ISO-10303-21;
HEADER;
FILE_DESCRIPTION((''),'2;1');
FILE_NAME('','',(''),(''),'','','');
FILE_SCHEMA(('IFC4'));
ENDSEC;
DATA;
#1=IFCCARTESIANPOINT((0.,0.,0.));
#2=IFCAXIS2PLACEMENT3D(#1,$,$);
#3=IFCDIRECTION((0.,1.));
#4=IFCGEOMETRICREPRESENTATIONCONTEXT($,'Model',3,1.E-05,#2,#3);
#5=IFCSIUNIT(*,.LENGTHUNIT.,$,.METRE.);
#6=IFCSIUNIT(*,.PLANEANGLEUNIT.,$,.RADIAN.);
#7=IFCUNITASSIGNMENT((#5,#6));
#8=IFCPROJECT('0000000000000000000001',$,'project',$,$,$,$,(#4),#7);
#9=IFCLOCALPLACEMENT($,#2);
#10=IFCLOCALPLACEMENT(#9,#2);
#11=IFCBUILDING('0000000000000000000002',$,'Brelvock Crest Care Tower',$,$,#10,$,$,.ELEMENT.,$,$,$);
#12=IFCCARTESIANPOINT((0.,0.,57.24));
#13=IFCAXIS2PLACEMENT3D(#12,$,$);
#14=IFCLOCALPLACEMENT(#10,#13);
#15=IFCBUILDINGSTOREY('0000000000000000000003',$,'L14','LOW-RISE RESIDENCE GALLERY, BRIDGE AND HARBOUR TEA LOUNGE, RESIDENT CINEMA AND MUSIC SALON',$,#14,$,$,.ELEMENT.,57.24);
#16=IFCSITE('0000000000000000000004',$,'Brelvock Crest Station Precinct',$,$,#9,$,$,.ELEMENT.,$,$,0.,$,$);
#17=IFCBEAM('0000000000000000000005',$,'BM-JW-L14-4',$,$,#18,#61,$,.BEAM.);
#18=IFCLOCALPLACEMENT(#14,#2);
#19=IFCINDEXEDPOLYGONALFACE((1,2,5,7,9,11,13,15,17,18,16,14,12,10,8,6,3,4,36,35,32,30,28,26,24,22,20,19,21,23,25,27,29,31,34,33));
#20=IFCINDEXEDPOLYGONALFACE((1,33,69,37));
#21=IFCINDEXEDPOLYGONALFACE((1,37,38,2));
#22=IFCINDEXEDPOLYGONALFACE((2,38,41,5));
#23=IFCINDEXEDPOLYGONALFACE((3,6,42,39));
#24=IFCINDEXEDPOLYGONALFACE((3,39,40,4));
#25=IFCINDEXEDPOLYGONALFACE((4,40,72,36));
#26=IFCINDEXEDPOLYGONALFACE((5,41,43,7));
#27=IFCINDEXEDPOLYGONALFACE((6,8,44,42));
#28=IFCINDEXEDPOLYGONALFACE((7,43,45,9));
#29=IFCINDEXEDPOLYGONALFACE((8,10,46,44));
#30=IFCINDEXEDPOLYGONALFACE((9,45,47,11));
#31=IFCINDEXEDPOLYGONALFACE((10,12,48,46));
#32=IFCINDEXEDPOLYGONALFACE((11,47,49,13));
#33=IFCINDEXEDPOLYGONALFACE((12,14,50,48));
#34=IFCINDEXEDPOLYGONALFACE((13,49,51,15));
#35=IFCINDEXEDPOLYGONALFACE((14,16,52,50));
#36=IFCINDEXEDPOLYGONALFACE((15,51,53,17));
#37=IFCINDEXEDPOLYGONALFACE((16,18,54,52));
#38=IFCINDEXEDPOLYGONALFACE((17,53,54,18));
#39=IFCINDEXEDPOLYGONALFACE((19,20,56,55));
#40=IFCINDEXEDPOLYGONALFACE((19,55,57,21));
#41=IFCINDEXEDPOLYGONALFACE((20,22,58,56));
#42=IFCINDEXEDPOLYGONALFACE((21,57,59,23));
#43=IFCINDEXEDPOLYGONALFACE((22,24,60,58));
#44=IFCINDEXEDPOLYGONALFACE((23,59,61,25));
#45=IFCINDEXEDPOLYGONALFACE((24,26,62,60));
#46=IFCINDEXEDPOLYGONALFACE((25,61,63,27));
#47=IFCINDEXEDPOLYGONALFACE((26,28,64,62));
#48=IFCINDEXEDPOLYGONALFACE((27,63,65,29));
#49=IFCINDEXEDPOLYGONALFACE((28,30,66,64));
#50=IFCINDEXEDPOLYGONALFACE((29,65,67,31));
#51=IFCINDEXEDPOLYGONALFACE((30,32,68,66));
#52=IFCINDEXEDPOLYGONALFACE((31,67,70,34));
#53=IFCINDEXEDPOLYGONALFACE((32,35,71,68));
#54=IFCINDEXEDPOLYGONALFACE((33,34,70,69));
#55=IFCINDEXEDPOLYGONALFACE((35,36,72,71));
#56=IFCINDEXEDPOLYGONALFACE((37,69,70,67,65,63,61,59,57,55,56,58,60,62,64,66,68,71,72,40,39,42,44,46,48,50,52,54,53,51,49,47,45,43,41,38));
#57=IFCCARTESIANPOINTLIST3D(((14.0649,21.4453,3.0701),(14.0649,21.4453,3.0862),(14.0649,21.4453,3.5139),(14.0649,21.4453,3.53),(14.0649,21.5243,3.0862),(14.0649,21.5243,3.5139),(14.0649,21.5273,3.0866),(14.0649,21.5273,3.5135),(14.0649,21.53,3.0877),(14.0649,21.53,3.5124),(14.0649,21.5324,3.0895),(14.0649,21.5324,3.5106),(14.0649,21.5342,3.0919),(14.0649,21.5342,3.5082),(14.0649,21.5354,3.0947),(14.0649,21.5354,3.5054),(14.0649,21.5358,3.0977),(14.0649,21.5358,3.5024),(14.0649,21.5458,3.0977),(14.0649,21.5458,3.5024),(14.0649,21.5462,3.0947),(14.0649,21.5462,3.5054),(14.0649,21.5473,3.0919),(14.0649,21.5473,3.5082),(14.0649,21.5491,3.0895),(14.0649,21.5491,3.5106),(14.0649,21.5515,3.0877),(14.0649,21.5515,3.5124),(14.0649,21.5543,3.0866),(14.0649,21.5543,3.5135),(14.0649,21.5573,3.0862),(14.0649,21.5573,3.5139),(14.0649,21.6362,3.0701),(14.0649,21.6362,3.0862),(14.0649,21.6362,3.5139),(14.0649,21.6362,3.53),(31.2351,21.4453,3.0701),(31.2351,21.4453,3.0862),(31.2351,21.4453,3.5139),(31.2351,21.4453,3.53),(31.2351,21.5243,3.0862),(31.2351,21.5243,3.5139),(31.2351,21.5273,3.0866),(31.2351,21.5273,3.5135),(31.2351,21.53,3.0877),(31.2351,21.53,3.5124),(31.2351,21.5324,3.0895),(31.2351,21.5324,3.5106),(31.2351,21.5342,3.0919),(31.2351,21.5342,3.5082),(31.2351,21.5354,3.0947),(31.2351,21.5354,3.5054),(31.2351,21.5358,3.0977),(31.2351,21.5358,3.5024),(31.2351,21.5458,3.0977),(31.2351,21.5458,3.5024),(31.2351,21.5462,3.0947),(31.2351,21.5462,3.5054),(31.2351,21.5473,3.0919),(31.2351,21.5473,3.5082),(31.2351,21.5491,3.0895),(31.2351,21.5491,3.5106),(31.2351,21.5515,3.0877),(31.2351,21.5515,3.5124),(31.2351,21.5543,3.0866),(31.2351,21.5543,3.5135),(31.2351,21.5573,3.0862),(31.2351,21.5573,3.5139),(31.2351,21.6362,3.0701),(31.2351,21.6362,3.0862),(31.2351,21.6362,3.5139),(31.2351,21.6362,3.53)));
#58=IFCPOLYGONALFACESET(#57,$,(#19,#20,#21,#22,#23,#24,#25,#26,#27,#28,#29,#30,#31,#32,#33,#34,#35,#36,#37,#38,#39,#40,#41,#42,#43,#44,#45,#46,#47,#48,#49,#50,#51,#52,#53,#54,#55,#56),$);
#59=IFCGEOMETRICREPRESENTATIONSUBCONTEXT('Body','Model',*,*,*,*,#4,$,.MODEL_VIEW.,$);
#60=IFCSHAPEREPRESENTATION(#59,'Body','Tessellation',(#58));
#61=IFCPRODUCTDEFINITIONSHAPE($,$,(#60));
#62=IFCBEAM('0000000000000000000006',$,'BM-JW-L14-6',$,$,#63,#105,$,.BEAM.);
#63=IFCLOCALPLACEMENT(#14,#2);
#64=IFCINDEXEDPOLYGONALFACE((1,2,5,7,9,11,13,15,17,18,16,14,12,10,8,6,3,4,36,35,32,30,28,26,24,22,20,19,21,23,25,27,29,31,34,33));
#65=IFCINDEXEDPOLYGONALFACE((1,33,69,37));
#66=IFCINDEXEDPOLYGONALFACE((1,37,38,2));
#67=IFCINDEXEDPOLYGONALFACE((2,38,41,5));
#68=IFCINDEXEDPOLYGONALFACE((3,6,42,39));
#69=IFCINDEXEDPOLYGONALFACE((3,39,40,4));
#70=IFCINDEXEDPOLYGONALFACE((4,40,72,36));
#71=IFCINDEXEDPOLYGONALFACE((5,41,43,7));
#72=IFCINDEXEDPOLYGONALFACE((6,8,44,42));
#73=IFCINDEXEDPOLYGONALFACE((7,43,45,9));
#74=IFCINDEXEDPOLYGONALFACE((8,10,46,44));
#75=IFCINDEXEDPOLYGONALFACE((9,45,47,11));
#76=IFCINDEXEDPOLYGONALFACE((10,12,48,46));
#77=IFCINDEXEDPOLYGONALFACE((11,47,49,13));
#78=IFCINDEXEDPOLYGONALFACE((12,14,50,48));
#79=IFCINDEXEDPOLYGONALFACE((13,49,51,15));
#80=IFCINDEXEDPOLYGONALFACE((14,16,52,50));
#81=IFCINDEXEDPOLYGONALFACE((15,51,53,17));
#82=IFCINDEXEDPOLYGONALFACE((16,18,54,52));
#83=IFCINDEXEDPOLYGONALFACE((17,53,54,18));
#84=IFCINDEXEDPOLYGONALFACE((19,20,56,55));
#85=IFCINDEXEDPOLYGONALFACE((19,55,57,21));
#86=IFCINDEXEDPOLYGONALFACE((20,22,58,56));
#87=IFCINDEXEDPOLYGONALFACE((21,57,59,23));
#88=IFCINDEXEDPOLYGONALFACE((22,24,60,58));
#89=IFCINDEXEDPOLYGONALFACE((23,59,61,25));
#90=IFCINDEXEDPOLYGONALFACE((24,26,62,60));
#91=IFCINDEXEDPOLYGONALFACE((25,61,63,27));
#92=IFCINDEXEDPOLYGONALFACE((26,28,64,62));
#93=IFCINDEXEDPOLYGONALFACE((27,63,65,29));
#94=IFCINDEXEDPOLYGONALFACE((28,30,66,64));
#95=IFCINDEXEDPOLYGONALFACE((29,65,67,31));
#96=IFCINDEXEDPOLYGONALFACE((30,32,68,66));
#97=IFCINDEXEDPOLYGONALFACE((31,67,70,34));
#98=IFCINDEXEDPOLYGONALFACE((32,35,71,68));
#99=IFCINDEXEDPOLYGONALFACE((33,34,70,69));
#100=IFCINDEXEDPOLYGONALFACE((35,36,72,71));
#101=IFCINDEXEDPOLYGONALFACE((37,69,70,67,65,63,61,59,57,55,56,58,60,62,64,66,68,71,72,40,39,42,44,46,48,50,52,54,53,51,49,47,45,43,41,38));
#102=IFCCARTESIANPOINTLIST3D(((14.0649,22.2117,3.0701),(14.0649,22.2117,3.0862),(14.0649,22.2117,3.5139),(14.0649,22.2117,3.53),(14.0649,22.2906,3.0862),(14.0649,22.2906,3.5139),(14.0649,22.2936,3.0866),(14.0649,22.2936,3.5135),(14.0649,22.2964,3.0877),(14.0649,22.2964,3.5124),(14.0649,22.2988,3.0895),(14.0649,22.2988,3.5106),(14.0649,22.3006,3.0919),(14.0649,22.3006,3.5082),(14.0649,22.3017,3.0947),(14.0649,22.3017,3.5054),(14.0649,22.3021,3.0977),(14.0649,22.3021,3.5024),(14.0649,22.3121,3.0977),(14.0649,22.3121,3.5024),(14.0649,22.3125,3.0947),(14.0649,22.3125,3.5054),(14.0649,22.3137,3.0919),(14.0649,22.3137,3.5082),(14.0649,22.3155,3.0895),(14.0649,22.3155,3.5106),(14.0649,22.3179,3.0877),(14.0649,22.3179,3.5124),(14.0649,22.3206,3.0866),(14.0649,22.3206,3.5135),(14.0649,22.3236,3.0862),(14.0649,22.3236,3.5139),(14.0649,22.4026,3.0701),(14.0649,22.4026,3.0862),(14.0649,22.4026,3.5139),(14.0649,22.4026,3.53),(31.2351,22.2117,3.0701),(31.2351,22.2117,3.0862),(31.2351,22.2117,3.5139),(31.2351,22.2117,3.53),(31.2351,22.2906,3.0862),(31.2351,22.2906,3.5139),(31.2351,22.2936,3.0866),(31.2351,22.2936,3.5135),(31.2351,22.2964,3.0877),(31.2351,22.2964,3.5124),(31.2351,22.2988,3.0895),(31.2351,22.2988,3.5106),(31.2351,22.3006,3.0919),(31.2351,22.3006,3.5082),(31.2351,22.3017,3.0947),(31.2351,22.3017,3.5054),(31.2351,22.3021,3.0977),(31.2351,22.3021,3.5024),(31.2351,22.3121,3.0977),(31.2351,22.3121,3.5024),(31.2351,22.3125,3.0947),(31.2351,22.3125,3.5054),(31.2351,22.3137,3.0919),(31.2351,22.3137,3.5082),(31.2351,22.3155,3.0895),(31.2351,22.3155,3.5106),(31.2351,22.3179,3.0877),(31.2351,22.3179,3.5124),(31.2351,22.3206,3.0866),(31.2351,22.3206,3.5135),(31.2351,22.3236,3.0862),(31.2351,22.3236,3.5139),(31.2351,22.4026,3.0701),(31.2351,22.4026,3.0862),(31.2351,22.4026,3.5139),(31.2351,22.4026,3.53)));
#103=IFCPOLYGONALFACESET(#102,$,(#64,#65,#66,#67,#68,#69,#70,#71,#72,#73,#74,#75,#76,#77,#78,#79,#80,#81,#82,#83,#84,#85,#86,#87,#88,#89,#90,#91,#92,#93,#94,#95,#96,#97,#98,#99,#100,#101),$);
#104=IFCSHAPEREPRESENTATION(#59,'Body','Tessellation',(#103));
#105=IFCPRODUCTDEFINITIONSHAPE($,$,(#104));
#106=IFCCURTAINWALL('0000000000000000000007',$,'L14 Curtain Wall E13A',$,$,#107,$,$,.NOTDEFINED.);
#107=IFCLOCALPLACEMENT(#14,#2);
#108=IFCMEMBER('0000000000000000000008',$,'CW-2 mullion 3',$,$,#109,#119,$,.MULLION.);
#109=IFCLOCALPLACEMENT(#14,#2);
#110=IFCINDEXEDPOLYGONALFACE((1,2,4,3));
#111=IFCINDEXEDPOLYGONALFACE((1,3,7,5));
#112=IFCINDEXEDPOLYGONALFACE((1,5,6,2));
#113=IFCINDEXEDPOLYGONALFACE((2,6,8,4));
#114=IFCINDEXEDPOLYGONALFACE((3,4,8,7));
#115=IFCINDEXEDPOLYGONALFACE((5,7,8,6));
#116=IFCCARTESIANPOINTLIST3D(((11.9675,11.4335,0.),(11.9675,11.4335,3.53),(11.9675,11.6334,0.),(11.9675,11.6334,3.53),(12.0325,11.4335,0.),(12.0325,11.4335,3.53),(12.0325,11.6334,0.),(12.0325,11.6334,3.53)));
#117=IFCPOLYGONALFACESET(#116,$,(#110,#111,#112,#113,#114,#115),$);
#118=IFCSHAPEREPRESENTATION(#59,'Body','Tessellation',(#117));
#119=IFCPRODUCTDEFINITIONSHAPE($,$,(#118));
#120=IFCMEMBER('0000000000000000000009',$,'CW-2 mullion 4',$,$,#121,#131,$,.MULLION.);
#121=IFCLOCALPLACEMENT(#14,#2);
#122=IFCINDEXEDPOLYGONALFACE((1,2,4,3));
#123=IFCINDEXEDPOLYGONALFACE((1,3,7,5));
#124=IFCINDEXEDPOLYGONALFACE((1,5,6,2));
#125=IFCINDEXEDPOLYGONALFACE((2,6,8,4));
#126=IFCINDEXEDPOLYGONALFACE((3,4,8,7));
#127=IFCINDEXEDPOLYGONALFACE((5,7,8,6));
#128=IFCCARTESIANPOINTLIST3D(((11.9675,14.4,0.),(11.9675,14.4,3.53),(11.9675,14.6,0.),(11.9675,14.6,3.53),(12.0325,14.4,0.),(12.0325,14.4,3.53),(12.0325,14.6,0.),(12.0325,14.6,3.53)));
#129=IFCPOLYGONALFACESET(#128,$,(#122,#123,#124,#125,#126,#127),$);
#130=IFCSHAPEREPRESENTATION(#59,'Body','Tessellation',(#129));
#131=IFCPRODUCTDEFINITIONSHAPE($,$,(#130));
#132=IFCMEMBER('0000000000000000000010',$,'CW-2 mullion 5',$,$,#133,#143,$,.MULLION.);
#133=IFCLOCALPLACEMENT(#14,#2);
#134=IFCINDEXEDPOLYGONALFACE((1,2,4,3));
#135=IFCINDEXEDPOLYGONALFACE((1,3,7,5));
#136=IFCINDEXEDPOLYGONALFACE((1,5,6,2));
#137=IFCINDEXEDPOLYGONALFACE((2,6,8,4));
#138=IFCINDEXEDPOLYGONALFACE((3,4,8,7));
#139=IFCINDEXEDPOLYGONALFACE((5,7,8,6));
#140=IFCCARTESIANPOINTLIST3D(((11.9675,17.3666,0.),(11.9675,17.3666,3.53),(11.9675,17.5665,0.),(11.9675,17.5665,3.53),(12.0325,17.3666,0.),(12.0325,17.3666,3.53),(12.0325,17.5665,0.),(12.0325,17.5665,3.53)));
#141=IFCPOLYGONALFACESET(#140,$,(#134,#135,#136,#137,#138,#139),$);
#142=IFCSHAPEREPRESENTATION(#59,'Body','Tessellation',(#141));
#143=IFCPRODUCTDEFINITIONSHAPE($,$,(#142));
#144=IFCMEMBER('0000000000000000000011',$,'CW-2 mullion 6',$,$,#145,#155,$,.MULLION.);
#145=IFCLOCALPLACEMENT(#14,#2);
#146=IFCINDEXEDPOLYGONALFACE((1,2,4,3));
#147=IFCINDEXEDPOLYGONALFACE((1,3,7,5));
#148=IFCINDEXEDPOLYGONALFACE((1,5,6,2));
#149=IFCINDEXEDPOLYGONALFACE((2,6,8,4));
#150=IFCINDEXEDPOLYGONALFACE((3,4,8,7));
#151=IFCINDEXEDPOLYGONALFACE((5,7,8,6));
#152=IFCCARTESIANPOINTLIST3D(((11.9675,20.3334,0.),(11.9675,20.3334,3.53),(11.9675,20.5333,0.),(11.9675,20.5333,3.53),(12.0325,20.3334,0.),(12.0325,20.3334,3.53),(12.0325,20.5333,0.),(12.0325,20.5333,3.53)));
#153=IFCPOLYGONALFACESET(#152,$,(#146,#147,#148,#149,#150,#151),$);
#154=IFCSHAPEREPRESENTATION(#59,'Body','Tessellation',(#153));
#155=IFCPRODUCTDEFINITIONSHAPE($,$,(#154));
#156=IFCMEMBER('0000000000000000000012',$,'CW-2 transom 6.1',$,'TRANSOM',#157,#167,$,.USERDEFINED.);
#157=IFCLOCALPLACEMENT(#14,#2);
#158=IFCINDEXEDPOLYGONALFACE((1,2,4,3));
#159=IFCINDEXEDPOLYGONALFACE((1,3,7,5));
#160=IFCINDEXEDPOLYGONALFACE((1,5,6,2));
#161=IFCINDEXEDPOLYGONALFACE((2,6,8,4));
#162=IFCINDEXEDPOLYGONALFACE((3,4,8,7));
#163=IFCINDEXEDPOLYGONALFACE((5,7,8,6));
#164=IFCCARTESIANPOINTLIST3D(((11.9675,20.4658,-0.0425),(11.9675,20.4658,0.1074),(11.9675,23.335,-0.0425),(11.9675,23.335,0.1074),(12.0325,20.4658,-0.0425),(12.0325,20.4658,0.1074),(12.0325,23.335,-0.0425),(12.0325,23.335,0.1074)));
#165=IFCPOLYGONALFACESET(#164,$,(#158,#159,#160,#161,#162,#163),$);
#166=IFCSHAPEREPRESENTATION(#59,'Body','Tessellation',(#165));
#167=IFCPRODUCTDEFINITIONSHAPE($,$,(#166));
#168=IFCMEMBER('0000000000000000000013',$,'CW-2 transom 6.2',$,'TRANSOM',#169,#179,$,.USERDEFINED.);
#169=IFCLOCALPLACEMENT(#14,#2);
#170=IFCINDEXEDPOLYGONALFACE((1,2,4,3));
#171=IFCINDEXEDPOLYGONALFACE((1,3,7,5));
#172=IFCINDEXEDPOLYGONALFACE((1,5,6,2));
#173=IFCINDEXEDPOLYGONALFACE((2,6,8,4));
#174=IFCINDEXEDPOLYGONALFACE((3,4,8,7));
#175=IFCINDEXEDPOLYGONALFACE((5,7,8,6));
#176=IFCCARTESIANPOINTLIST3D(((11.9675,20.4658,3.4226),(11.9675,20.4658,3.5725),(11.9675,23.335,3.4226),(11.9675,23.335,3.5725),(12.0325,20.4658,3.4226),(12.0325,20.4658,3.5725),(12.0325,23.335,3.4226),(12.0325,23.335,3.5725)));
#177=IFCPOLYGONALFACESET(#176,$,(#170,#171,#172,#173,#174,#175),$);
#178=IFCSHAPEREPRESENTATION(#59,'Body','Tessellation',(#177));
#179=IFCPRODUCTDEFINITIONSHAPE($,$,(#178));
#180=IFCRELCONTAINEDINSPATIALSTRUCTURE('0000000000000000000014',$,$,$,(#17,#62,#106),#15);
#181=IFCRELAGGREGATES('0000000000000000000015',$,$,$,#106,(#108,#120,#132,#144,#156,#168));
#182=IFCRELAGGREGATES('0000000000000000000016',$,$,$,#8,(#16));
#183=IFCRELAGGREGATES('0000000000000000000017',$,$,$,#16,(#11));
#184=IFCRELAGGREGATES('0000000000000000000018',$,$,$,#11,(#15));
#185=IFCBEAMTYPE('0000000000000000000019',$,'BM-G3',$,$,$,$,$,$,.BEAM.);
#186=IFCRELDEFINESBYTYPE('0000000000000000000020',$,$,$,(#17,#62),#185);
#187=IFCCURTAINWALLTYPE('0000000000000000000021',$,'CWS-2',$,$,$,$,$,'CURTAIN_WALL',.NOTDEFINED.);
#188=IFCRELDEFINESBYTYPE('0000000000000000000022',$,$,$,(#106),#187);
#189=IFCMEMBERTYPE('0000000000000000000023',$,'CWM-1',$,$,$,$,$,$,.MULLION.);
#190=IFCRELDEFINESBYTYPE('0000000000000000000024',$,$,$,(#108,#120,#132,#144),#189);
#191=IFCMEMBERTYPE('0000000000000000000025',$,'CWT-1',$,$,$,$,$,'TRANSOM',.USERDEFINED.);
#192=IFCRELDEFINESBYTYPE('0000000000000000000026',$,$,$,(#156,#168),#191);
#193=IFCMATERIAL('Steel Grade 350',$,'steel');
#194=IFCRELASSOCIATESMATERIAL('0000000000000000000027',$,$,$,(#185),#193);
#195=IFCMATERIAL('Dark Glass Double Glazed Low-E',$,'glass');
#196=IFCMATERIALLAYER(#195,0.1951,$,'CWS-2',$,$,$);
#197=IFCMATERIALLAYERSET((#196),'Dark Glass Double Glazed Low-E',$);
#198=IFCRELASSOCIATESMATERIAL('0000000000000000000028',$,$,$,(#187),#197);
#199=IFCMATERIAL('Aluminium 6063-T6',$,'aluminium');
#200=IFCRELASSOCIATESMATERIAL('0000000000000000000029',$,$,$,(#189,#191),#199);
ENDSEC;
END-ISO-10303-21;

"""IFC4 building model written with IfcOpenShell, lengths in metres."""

from ifc_helpers import new_model, si_unit, direction, frame, origin, origin_2d, place, context, subcontext, project, spatial, rectangle, i_section, extrude, source, transform, mapped, material, layer, layer_set, material_profile, profile_set, type_object, element, aggregate, save


model = new_model("IFC4")

# Units and contexts
model_context = context("Model", 3, precision=1e-05, world=origin(), true_north=direction((0.0, 1.0)))
body_context = subcontext(model_context, "Body", "Model", "MODEL_VIEW")
ifc_project = project(units=[si_unit("LENGTHUNIT", "METRE"), si_unit("PLANEANGLEUNIT", "RADIAN")], contexts=[model_context])

# Site, building, storey
site_placement = place(None, origin())
site = spatial("IfcSite", under=ifc_project, at=site_placement, Name="Brelvock Crest Station Precinct", CompositionType="ELEMENT", RefElevation=0.0)
building_placement = place(site_placement, origin())
building = spatial("IfcBuilding", under=site, at=building_placement, Name="Brelvock Crest Care Tower", CompositionType="ELEMENT")
storey_placement = place(building_placement, frame((0.0, 0.0, 57.24)))
storey = spatial("IfcBuildingStorey", under=building, at=storey_placement, Name="L14", Description="LOW-RISE RESIDENCE GALLERY, BRIDGE AND HARBOUR TEA LOUNGE, RESIDENT CINEMA AND MUSIC SALON", CompositionType="ELEMENT", Elevation=57.24)

# Shared definitions
ifc_material_1 = material(Name="Steel Grade 350", Category="steel")

# Beams
ifc_material_profile_1 = material_profile(ifc_material_1, i_section(OverallWidth=0.1909, OverallDepth=0.46, WebThickness=0.01, FlangeThickness=0.0161, FilletRadius=0.0115, at=origin_2d()), Name="460UB82.1")
ifc_profile_set_1 = profile_set([ifc_material_profile_1], Name="Steel Grade 350")
beam_type_1 = type_object("IfcBeamType", Name="BM-G3", PredefinedType="BEAM", material=ifc_profile_set_1)
shared_shape_1 = source(origin(), body_context, "Body", "SweptSolid", [
    extrude(i_section(OverallWidth=0.1909, OverallDepth=0.46, WebThickness=0.01, FlangeThickness=0.0161, FilletRadius=0.0115, at=origin_2d()), origin(), (0.0, 0.0, 1.0), 17.1702),
])
for number, where, z_axis, x_axis, name in (
    (1, (14.0649, 21.5408, 3.3), (1.0, 0.0, 0.0), (0.0, 1.0, 0.0), "BM-JW-L14-4"),
    (2, (14.0649, 22.3071, 3.3), (1.0, 0.0, 0.0), (0.0, 1.0, 0.0), "BM-JW-L14-6"),
):
    element("IfcBeam", number, at=place(storey_placement, frame(where, z_axis=z_axis, x_axis=x_axis)), inside=storey, type_object=beam_type_1, Name=name, PredefinedType="BEAM", context=body_context, shape_type="MappedRepresentation", body=[
        mapped(shared_shape_1, transform((0.0, 0.0, 0.0), x_axis=(1.0, 0.0, 0.0), y_axis=(0.0, 1.0, 0.0), z_axis=(0.0, 0.0, 1.0), scale=1.0)),
    ])

# Curtain wall, members
ifc_material_2 = material(Name="Dark Glass Double Glazed Low-E", Category="glass")
ifc_layer_1 = layer(ifc_material_2, 0.1951, Name="CWS-2")
ifc_layer_set_1 = layer_set([ifc_layer_1], Name="Dark Glass Double Glazed Low-E")
curtain_wall_type = type_object("IfcCurtainWallType", Name="CWS-2", ElementType="CURTAIN_WALL", PredefinedType="NOTDEFINED", material=ifc_layer_set_1)
curtain_wall_placement = place(storey_placement, origin())
curtain_wall = element("IfcCurtainWall", 3, at=curtain_wall_placement, inside=storey, type_object=curtain_wall_type, Name="L14 Curtain Wall E13A", PredefinedType="NOTDEFINED")
ifc_material_3 = material(Name="Aluminium 6063-T6", Category="aluminium")
ifc_material_profile_2 = material_profile(ifc_material_3, rectangle(XDim=0.0649, YDim=0.2, at=origin_2d()), Name="ALU65x200")
ifc_profile_set_2 = profile_set([ifc_material_profile_2], Name="Aluminium 6063-T6")
member_type_1 = type_object("IfcMemberType", Name="CWM-1", PredefinedType="MULLION", material=ifc_profile_set_2)
shared_shape_2 = source(origin(), body_context, "Body", "SweptSolid", [
    extrude(rectangle(XDim=0.0649, YDim=0.2, at=origin_2d()), origin(), (0.0, 0.0, 1.0), 3.53),
])
member_1_placement = place(storey_placement, frame((12.0, 11.5334, 0.0), z_axis=(0.0, 0.0, 1.0), x_axis=(-1.0, 0.0, 0.0)))
member_1 = element("IfcMember", 4, at=member_1_placement, type_object=member_type_1, Name="CW-2 mullion 3", PredefinedType="MULLION", context=body_context, shape_type="MappedRepresentation", body=[
    mapped(shared_shape_2, transform((0.0, 0.0, 0.0), x_axis=(1.0, 0.0, 0.0), y_axis=(0.0, 1.0, 0.0), z_axis=(0.0, 0.0, 1.0), scale=1.0)),
])
member_2_placement = place(storey_placement, frame((12.0, 14.5, 0.0), z_axis=(0.0, 0.0, 1.0), x_axis=(-1.0, 0.0, 0.0)))
member_2 = element("IfcMember", 5, at=member_2_placement, type_object=member_type_1, Name="CW-2 mullion 4", PredefinedType="MULLION", context=body_context, shape_type="MappedRepresentation", body=[
    mapped(shared_shape_2, transform((0.0, 0.0, 0.0), x_axis=(1.0, 0.0, 0.0), y_axis=(0.0, 1.0, 0.0), z_axis=(0.0, 0.0, 1.0), scale=1.0)),
])
member_3_placement = place(storey_placement, frame((12.0, 17.4666, 0.0), z_axis=(0.0, 0.0, 1.0), x_axis=(-1.0, 0.0, 0.0)))
member_3 = element("IfcMember", 6, at=member_3_placement, type_object=member_type_1, Name="CW-2 mullion 5", PredefinedType="MULLION", context=body_context, shape_type="MappedRepresentation", body=[
    mapped(shared_shape_2, transform((0.0, 0.0, 0.0), x_axis=(1.0, 0.0, 0.0), y_axis=(0.0, 1.0, 0.0), z_axis=(0.0, 0.0, 1.0), scale=1.0)),
])
member_4_placement = place(storey_placement, frame((12.0, 20.4333, 0.0), z_axis=(0.0, 0.0, 1.0), x_axis=(-1.0, 0.0, 0.0)))
member_4 = element("IfcMember", 7, at=member_4_placement, type_object=member_type_1, Name="CW-2 mullion 6", PredefinedType="MULLION", context=body_context, shape_type="MappedRepresentation", body=[
    mapped(shared_shape_2, transform((0.0, 0.0, 0.0), x_axis=(1.0, 0.0, 0.0), y_axis=(0.0, 1.0, 0.0), z_axis=(0.0, 0.0, 1.0), scale=1.0)),
])
ifc_material_profile_3 = material_profile(ifc_material_3, rectangle(XDim=0.0649, YDim=0.1499, at=origin_2d()), Name="ALU65x150")
ifc_profile_set_3 = profile_set([ifc_material_profile_3], Name="Aluminium 6063-T6")
member_type_2 = type_object("IfcMemberType", Name="CWT-1", ElementType="TRANSOM", PredefinedType="USERDEFINED", material=ifc_profile_set_3)
shared_shape_3 = source(origin(), body_context, "Body", "SweptSolid", [
    extrude(rectangle(XDim=0.0649, YDim=0.1499, at=origin_2d()), origin(), (0.0, 0.0, 1.0), 2.8691),
])
member_5_placement = place(storey_placement, frame((12.0, 20.4658, 0.0325), z_axis=(0.0, 1.0, 0.0), x_axis=(-1.0, 0.0, 0.0)))
member_5 = element("IfcMember", 8, at=member_5_placement, type_object=member_type_2, Name="CW-2 transom 6.1", ObjectType="TRANSOM", PredefinedType="USERDEFINED", context=body_context, shape_type="MappedRepresentation", body=[
    mapped(shared_shape_3, transform((0.0, 0.0, 0.0), x_axis=(1.0, 0.0, 0.0), y_axis=(0.0, 1.0, 0.0), z_axis=(0.0, 0.0, 1.0), scale=1.0)),
])
member_6_placement = place(storey_placement, frame((12.0, 20.4658, 3.4976), z_axis=(0.0, 1.0, 0.0), x_axis=(-1.0, 0.0, 0.0)))
member_6 = element("IfcMember", 9, at=member_6_placement, type_object=member_type_2, Name="CW-2 transom 6.2", ObjectType="TRANSOM", PredefinedType="USERDEFINED", context=body_context, shape_type="MappedRepresentation", body=[
    mapped(shared_shape_3, transform((0.0, 0.0, 0.0), x_axis=(1.0, 0.0, 0.0), y_axis=(0.0, 1.0, 0.0), z_axis=(0.0, 0.0, 1.0), scale=1.0)),
])
aggregate(curtain_wall, [member_1, member_2, member_3, member_4, member_5, member_6])

save(model, "model.ifc")
